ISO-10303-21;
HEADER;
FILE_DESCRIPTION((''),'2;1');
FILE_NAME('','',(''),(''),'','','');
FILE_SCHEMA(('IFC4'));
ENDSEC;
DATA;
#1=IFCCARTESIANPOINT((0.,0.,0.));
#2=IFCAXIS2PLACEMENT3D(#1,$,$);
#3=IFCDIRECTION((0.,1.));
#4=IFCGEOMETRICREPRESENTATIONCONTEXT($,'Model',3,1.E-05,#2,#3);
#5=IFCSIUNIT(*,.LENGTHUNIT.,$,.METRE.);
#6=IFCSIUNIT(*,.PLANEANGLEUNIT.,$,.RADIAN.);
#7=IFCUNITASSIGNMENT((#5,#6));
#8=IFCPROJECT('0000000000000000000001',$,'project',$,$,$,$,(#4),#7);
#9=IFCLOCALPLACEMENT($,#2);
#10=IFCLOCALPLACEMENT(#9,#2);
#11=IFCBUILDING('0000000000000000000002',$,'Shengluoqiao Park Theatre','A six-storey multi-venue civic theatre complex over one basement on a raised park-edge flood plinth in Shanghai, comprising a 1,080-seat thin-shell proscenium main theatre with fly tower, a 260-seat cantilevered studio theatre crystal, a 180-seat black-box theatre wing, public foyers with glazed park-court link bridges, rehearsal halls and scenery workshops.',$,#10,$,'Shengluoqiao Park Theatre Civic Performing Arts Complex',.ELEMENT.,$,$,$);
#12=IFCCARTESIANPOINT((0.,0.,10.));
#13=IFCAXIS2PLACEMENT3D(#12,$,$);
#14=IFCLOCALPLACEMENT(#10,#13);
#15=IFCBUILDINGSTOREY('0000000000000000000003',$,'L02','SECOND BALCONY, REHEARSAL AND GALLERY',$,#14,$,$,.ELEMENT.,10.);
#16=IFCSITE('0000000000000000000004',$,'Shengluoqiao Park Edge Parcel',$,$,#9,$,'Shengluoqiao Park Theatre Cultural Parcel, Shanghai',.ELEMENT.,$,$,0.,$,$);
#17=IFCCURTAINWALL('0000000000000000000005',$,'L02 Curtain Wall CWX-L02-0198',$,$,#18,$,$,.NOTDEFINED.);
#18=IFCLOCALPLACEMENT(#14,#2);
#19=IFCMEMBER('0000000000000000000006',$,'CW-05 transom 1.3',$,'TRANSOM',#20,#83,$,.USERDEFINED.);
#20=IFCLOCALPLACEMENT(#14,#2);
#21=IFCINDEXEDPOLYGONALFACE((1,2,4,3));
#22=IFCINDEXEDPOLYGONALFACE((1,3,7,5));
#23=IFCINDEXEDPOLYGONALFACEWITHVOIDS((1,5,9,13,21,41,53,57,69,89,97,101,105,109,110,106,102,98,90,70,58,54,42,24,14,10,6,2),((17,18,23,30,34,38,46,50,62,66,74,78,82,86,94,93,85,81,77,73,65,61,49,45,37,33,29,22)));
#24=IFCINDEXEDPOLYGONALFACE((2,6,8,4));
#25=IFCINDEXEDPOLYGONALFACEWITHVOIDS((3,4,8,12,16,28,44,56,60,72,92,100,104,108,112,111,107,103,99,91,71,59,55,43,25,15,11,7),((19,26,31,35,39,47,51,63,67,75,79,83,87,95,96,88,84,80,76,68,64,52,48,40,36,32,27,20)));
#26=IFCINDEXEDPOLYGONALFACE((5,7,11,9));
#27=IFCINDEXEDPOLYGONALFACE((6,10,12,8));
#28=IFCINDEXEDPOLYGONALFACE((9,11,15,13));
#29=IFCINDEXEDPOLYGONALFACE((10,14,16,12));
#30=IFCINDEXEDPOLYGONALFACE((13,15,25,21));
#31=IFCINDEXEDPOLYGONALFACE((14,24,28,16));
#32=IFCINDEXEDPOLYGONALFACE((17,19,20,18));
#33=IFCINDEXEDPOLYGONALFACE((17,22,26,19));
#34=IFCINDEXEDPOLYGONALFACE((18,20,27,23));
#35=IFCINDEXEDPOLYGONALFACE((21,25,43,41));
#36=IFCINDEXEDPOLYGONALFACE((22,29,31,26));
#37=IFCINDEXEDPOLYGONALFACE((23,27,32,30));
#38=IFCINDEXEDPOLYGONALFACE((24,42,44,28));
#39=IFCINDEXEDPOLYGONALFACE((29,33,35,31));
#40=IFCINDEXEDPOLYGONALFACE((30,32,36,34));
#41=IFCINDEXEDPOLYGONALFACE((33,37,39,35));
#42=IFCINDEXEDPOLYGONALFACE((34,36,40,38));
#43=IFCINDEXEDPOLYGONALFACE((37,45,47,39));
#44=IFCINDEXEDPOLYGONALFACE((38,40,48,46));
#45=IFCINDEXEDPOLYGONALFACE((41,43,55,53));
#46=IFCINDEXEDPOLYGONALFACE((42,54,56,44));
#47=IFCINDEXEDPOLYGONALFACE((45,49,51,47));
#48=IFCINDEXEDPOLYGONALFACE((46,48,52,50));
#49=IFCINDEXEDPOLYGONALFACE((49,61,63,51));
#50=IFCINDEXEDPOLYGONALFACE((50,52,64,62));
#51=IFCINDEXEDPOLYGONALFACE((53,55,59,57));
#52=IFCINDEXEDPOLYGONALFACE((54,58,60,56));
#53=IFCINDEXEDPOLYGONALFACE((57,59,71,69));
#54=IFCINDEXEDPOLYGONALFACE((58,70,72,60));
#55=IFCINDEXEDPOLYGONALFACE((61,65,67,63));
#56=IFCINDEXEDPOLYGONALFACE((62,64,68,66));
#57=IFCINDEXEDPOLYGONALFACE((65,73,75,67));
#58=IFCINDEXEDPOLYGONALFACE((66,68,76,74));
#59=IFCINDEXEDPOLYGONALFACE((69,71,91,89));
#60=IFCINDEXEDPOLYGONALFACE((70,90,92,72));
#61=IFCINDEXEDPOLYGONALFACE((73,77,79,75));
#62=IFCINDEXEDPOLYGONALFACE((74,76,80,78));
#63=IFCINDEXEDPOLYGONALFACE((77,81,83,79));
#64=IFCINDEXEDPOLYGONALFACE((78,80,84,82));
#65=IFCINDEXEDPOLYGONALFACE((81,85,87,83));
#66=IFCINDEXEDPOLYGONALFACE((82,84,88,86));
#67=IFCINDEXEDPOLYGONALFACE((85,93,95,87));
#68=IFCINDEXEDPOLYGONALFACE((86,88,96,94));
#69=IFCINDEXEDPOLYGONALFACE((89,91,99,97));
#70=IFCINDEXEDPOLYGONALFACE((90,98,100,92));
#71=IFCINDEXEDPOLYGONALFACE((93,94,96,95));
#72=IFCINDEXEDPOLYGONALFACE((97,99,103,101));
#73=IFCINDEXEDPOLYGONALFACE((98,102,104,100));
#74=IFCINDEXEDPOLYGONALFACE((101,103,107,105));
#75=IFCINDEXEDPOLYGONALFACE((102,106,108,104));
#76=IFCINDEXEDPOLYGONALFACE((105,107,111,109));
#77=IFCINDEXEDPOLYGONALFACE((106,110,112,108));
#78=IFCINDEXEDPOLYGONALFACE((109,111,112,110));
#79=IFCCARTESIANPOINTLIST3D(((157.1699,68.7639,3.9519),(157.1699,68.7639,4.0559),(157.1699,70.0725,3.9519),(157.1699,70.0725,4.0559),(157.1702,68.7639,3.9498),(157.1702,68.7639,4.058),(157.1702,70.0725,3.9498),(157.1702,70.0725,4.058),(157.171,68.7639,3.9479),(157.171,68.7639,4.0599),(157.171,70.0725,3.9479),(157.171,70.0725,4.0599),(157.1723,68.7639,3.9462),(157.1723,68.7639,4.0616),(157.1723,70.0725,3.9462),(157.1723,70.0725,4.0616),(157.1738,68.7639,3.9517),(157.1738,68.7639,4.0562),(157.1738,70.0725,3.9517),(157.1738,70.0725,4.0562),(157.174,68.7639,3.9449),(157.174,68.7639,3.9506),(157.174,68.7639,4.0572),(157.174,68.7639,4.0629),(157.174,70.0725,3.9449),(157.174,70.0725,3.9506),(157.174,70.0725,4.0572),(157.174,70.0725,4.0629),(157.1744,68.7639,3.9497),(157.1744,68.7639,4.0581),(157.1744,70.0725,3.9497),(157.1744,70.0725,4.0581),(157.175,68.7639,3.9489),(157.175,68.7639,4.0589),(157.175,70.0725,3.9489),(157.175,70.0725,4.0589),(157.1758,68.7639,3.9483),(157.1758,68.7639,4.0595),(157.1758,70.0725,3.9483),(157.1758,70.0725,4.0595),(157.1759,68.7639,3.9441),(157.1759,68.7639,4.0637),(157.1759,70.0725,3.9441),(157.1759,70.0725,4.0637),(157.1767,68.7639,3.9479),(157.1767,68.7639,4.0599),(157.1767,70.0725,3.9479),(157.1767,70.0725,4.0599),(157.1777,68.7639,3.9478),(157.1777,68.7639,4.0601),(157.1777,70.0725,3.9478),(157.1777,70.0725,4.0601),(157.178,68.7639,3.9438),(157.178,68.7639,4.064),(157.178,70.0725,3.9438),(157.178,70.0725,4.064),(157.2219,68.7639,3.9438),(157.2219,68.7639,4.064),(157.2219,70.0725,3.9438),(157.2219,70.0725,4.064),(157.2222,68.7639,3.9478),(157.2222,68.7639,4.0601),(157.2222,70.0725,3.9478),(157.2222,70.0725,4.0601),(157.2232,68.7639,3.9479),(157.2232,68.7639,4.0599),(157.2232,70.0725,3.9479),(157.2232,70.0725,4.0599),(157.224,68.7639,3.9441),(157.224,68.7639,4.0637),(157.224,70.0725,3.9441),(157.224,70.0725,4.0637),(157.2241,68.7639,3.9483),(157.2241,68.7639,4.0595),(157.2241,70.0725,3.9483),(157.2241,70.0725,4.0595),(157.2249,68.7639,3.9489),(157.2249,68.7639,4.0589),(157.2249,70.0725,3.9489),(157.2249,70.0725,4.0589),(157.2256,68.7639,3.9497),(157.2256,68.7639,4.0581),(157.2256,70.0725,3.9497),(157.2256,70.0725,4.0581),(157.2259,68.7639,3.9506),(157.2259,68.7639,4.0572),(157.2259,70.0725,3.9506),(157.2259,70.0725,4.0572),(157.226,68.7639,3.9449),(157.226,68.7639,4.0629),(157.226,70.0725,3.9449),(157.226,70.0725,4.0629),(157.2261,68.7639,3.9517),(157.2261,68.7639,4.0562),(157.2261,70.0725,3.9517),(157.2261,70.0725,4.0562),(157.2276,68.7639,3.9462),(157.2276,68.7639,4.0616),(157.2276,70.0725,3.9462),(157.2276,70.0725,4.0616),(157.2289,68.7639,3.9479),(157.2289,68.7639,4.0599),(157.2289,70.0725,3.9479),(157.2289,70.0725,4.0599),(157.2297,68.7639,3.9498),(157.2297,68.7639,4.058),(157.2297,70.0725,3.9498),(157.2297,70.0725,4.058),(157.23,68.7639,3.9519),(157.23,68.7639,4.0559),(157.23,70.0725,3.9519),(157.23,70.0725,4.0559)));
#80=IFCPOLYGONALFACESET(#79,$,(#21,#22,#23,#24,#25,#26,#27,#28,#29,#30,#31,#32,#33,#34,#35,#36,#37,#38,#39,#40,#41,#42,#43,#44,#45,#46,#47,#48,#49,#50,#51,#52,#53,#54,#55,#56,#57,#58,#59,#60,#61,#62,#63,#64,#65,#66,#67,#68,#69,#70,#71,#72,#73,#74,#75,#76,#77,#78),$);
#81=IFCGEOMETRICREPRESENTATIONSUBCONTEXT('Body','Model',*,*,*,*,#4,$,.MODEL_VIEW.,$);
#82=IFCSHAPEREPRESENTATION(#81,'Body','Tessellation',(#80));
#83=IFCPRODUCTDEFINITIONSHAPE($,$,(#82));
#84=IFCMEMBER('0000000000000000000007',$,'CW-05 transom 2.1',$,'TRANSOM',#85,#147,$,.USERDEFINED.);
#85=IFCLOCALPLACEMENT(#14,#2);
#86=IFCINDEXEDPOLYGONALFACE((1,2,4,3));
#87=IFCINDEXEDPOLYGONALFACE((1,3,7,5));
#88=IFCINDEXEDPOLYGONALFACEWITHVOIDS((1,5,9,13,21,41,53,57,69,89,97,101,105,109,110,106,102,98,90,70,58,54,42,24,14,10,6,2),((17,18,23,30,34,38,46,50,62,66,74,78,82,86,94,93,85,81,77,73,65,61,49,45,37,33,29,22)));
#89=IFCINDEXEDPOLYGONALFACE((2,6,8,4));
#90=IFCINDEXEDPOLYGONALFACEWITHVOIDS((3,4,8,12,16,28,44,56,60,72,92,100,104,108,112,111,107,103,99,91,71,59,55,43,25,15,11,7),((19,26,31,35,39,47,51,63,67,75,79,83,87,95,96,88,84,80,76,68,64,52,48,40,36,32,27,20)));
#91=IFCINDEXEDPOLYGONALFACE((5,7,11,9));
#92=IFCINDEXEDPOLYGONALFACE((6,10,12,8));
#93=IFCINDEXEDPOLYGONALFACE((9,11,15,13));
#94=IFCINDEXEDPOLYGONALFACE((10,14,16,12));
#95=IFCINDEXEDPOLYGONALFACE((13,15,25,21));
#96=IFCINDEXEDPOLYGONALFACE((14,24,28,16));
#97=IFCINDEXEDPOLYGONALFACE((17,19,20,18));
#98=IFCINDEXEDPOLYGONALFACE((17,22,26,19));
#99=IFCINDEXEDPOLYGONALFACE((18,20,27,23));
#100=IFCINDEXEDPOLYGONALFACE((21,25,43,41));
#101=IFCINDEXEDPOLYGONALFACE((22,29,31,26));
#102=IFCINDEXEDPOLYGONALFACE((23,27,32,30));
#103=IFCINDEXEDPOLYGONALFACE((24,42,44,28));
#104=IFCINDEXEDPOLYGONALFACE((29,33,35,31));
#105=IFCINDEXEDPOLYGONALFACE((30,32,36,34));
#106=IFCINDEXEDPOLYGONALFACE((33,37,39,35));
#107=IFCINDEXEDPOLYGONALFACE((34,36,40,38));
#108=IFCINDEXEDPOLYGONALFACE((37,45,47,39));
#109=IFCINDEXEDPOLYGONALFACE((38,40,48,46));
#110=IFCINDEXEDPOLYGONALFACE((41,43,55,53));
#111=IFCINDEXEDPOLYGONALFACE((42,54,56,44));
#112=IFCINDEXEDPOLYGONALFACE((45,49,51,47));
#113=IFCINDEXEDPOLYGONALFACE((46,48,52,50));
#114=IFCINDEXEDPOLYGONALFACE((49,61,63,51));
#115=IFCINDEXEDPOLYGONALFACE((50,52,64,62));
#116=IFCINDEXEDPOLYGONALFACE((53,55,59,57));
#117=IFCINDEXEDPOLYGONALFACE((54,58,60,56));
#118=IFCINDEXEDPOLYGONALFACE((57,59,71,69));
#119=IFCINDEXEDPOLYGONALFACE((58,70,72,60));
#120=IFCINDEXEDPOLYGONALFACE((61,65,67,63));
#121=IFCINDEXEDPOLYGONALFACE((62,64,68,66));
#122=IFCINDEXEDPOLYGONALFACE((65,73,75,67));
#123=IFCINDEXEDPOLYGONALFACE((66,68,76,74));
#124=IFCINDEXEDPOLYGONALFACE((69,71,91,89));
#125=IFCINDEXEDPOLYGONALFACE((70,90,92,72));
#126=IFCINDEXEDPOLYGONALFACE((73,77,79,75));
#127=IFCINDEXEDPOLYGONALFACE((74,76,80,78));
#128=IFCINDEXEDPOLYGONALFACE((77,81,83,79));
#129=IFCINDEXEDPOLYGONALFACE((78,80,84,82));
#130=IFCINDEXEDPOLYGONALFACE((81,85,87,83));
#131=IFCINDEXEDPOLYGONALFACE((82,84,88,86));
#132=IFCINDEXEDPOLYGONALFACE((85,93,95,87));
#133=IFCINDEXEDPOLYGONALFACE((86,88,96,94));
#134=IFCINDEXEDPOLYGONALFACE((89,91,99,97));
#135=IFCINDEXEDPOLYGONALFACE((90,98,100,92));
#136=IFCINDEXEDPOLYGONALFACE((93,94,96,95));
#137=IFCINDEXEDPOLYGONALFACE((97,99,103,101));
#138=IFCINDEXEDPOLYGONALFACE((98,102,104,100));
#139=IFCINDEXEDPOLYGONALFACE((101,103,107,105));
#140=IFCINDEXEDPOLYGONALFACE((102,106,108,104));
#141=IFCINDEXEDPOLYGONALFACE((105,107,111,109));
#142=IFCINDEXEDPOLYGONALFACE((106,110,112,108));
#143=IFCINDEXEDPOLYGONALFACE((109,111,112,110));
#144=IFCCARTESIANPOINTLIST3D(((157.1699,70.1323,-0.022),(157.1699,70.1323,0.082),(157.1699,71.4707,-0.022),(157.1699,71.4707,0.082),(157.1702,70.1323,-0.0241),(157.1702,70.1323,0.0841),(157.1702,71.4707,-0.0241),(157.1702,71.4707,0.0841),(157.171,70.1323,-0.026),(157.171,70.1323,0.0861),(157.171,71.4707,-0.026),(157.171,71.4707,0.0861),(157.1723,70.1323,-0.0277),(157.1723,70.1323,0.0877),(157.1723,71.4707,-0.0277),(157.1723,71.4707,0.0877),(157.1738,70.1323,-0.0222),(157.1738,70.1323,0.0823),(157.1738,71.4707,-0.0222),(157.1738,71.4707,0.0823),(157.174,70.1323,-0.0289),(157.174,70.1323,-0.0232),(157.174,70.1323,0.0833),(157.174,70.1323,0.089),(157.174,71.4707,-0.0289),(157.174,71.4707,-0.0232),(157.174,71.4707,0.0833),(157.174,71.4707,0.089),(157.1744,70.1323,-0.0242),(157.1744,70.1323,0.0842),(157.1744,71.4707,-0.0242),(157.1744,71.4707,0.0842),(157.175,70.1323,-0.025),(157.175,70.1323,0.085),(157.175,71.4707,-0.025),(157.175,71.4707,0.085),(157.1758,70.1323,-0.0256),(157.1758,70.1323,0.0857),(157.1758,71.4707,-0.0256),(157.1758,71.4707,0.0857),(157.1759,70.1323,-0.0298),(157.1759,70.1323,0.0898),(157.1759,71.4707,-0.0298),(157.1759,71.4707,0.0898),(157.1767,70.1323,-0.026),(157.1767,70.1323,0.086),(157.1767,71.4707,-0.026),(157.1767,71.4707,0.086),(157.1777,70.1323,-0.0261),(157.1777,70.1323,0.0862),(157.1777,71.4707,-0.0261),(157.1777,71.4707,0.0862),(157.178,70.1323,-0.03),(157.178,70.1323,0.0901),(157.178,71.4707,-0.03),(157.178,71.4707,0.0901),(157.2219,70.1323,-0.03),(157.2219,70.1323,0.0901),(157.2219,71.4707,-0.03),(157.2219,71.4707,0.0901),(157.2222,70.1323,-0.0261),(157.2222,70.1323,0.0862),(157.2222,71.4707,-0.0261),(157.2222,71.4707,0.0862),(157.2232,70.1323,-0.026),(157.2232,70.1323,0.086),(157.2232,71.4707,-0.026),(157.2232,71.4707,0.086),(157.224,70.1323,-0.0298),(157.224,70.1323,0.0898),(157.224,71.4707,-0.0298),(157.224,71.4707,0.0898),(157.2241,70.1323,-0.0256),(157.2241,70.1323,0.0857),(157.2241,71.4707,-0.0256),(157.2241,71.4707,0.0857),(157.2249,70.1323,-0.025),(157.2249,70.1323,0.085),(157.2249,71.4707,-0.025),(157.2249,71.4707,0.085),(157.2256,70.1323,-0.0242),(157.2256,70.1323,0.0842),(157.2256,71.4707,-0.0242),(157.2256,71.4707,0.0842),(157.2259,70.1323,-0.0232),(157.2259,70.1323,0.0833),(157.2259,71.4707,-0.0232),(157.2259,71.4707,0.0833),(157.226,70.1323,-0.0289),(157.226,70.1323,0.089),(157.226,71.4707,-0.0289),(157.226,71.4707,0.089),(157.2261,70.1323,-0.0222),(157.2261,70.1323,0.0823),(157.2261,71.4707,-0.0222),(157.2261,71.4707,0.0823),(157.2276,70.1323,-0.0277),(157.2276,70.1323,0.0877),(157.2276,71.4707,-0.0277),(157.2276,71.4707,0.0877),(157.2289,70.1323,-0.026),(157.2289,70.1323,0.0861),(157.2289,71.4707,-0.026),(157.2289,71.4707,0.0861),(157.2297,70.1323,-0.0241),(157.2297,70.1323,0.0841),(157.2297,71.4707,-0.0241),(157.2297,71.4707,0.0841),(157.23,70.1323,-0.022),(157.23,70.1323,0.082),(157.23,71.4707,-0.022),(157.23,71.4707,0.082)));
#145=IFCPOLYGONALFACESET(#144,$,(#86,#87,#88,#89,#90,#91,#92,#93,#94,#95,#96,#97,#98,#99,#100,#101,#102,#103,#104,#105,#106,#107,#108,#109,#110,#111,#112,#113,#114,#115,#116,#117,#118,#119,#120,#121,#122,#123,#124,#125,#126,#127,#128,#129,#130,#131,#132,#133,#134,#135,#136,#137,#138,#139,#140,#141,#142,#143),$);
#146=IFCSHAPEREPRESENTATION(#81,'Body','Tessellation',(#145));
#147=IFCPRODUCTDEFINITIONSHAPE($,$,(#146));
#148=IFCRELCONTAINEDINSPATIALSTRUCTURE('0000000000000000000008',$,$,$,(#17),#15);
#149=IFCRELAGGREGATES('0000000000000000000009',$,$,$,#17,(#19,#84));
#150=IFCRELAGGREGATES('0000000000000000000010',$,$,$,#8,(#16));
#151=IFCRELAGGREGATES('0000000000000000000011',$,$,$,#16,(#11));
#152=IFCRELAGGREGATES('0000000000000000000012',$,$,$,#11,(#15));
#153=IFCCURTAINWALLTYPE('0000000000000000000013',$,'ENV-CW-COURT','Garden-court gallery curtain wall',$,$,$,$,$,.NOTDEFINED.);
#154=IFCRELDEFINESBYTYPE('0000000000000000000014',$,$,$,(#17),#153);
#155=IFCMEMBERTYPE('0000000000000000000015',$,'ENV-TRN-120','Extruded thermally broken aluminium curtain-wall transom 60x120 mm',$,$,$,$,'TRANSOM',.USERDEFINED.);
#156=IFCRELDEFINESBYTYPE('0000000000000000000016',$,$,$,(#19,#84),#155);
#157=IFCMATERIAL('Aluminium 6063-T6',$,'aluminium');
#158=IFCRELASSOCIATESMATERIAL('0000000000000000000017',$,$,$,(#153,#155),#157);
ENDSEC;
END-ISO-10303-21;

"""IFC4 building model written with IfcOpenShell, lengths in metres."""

from ifc_helpers import new_model, si_unit, direction, frame, origin, origin_2d, place, context, subcontext, project, spatial, hollow_rectangle, extrude, material, material_profile, profile_set, type_object, element, aggregate, save


model = new_model("IFC4")

# Units and contexts
model_context = context("Model", 3, precision=1e-05, world=origin(), true_north=direction((0.0, 1.0)))
body_context = subcontext(model_context, "Body", "Model", "MODEL_VIEW")
ifc_project = project(units=[si_unit("LENGTHUNIT", "METRE"), si_unit("PLANEANGLEUNIT", "RADIAN")], contexts=[model_context])

# Site, building, storey
site_placement = place(None, origin())
site = spatial("IfcSite", under=ifc_project, at=site_placement, Name="Shengluoqiao Park Edge Parcel", LongName="Shengluoqiao Park Theatre Cultural Parcel, Shanghai", CompositionType="ELEMENT", RefElevation=0.0)
building_placement = place(site_placement, origin())
building = spatial("IfcBuilding", under=site, at=building_placement, Name="Shengluoqiao Park Theatre", Description="A six-storey multi-venue civic theatre complex over one basement on a raised park-edge flood plinth in Shanghai, comprising a 1,080-seat thin-shell proscenium main theatre with fly tower, a 260-seat cantilevered studio theatre crystal, a 180-seat black-box theatre wing, public foyers with glazed park-court link bridges, rehearsal halls and scenery workshops.", LongName="Shengluoqiao Park Theatre Civic Performing Arts Complex", CompositionType="ELEMENT")
storey_placement = place(building_placement, frame((0.0, 0.0, 10.0)))
storey = spatial("IfcBuildingStorey", under=building, at=storey_placement, Name="L02", Description="SECOND BALCONY, REHEARSAL AND GALLERY", CompositionType="ELEMENT", Elevation=10.0)

# Curtain wall
ifc_material_1 = material(Name="Aluminium 6063-T6", Category="aluminium")
curtain_wall_type_1 = type_object("IfcCurtainWallType", Name="ENV-CW-COURT", Description="Garden-court gallery curtain wall", PredefinedType="NOTDEFINED", material=ifc_material_1)
curtain_wall_1_placement = place(storey_placement, origin())
curtain_wall_1 = element("IfcCurtainWall", 1, at=curtain_wall_1_placement, inside=storey, type_object=curtain_wall_type_1, Name="L02 Curtain Wall CWX-L02-0198", PredefinedType="NOTDEFINED")

# Members
ifc_material_profile_1 = material_profile(ifc_material_1, hollow_rectangle(XDim=0.0601, YDim=0.1201, WallThickness=0.0039, InnerFilletRadius=0.0039, OuterFilletRadius=0.0081, at=origin_2d()), Name="ALU TRANSOM 120x60x4")
ifc_profile_set_1 = profile_set([ifc_material_profile_1], Name="Aluminium 6063-T6")
member_type_1 = type_object("IfcMemberType", Name="ENV-TRN-120", Description="Extruded thermally broken aluminium curtain-wall transom 60x120 mm", ElementType="TRANSOM", PredefinedType="USERDEFINED", material=ifc_profile_set_1)
member_1_placement = place(storey_placement, frame((157.2, 68.7639, 4.0039), z_axis=(0.0, 1.0, 0.0), x_axis=(-1.0, 0.0, 0.0)))
member_1 = element("IfcMember", 2, at=member_1_placement, type_object=member_type_1, Name="CW-05 transom 1.3", ObjectType="TRANSOM", PredefinedType="USERDEFINED", context=body_context, shape_type="SweptSolid", body=[
    extrude(hollow_rectangle(XDim=0.0601, YDim=0.1201, WallThickness=0.0039, InnerFilletRadius=0.0039, OuterFilletRadius=0.0081, at=origin_2d()), origin(), (0.0, 0.0, 1.0), 1.3086),
])
member_2_placement = place(storey_placement, frame((157.2, 70.1323, 0.03), z_axis=(0.0, 1.0, 0.0), x_axis=(-1.0, 0.0, 0.0)))
member_2 = element("IfcMember", 3, at=member_2_placement, type_object=member_type_1, Name="CW-05 transom 2.1", ObjectType="TRANSOM", PredefinedType="USERDEFINED", context=body_context, shape_type="SweptSolid", body=[
    extrude(hollow_rectangle(XDim=0.0601, YDim=0.1201, WallThickness=0.0039, InnerFilletRadius=0.0039, OuterFilletRadius=0.0081, at=origin_2d()), origin(), (0.0, 0.0, 1.0), 1.3384),
])

aggregate(curtain_wall_1, [member_1, member_2])

save(model, "model.ifc")
